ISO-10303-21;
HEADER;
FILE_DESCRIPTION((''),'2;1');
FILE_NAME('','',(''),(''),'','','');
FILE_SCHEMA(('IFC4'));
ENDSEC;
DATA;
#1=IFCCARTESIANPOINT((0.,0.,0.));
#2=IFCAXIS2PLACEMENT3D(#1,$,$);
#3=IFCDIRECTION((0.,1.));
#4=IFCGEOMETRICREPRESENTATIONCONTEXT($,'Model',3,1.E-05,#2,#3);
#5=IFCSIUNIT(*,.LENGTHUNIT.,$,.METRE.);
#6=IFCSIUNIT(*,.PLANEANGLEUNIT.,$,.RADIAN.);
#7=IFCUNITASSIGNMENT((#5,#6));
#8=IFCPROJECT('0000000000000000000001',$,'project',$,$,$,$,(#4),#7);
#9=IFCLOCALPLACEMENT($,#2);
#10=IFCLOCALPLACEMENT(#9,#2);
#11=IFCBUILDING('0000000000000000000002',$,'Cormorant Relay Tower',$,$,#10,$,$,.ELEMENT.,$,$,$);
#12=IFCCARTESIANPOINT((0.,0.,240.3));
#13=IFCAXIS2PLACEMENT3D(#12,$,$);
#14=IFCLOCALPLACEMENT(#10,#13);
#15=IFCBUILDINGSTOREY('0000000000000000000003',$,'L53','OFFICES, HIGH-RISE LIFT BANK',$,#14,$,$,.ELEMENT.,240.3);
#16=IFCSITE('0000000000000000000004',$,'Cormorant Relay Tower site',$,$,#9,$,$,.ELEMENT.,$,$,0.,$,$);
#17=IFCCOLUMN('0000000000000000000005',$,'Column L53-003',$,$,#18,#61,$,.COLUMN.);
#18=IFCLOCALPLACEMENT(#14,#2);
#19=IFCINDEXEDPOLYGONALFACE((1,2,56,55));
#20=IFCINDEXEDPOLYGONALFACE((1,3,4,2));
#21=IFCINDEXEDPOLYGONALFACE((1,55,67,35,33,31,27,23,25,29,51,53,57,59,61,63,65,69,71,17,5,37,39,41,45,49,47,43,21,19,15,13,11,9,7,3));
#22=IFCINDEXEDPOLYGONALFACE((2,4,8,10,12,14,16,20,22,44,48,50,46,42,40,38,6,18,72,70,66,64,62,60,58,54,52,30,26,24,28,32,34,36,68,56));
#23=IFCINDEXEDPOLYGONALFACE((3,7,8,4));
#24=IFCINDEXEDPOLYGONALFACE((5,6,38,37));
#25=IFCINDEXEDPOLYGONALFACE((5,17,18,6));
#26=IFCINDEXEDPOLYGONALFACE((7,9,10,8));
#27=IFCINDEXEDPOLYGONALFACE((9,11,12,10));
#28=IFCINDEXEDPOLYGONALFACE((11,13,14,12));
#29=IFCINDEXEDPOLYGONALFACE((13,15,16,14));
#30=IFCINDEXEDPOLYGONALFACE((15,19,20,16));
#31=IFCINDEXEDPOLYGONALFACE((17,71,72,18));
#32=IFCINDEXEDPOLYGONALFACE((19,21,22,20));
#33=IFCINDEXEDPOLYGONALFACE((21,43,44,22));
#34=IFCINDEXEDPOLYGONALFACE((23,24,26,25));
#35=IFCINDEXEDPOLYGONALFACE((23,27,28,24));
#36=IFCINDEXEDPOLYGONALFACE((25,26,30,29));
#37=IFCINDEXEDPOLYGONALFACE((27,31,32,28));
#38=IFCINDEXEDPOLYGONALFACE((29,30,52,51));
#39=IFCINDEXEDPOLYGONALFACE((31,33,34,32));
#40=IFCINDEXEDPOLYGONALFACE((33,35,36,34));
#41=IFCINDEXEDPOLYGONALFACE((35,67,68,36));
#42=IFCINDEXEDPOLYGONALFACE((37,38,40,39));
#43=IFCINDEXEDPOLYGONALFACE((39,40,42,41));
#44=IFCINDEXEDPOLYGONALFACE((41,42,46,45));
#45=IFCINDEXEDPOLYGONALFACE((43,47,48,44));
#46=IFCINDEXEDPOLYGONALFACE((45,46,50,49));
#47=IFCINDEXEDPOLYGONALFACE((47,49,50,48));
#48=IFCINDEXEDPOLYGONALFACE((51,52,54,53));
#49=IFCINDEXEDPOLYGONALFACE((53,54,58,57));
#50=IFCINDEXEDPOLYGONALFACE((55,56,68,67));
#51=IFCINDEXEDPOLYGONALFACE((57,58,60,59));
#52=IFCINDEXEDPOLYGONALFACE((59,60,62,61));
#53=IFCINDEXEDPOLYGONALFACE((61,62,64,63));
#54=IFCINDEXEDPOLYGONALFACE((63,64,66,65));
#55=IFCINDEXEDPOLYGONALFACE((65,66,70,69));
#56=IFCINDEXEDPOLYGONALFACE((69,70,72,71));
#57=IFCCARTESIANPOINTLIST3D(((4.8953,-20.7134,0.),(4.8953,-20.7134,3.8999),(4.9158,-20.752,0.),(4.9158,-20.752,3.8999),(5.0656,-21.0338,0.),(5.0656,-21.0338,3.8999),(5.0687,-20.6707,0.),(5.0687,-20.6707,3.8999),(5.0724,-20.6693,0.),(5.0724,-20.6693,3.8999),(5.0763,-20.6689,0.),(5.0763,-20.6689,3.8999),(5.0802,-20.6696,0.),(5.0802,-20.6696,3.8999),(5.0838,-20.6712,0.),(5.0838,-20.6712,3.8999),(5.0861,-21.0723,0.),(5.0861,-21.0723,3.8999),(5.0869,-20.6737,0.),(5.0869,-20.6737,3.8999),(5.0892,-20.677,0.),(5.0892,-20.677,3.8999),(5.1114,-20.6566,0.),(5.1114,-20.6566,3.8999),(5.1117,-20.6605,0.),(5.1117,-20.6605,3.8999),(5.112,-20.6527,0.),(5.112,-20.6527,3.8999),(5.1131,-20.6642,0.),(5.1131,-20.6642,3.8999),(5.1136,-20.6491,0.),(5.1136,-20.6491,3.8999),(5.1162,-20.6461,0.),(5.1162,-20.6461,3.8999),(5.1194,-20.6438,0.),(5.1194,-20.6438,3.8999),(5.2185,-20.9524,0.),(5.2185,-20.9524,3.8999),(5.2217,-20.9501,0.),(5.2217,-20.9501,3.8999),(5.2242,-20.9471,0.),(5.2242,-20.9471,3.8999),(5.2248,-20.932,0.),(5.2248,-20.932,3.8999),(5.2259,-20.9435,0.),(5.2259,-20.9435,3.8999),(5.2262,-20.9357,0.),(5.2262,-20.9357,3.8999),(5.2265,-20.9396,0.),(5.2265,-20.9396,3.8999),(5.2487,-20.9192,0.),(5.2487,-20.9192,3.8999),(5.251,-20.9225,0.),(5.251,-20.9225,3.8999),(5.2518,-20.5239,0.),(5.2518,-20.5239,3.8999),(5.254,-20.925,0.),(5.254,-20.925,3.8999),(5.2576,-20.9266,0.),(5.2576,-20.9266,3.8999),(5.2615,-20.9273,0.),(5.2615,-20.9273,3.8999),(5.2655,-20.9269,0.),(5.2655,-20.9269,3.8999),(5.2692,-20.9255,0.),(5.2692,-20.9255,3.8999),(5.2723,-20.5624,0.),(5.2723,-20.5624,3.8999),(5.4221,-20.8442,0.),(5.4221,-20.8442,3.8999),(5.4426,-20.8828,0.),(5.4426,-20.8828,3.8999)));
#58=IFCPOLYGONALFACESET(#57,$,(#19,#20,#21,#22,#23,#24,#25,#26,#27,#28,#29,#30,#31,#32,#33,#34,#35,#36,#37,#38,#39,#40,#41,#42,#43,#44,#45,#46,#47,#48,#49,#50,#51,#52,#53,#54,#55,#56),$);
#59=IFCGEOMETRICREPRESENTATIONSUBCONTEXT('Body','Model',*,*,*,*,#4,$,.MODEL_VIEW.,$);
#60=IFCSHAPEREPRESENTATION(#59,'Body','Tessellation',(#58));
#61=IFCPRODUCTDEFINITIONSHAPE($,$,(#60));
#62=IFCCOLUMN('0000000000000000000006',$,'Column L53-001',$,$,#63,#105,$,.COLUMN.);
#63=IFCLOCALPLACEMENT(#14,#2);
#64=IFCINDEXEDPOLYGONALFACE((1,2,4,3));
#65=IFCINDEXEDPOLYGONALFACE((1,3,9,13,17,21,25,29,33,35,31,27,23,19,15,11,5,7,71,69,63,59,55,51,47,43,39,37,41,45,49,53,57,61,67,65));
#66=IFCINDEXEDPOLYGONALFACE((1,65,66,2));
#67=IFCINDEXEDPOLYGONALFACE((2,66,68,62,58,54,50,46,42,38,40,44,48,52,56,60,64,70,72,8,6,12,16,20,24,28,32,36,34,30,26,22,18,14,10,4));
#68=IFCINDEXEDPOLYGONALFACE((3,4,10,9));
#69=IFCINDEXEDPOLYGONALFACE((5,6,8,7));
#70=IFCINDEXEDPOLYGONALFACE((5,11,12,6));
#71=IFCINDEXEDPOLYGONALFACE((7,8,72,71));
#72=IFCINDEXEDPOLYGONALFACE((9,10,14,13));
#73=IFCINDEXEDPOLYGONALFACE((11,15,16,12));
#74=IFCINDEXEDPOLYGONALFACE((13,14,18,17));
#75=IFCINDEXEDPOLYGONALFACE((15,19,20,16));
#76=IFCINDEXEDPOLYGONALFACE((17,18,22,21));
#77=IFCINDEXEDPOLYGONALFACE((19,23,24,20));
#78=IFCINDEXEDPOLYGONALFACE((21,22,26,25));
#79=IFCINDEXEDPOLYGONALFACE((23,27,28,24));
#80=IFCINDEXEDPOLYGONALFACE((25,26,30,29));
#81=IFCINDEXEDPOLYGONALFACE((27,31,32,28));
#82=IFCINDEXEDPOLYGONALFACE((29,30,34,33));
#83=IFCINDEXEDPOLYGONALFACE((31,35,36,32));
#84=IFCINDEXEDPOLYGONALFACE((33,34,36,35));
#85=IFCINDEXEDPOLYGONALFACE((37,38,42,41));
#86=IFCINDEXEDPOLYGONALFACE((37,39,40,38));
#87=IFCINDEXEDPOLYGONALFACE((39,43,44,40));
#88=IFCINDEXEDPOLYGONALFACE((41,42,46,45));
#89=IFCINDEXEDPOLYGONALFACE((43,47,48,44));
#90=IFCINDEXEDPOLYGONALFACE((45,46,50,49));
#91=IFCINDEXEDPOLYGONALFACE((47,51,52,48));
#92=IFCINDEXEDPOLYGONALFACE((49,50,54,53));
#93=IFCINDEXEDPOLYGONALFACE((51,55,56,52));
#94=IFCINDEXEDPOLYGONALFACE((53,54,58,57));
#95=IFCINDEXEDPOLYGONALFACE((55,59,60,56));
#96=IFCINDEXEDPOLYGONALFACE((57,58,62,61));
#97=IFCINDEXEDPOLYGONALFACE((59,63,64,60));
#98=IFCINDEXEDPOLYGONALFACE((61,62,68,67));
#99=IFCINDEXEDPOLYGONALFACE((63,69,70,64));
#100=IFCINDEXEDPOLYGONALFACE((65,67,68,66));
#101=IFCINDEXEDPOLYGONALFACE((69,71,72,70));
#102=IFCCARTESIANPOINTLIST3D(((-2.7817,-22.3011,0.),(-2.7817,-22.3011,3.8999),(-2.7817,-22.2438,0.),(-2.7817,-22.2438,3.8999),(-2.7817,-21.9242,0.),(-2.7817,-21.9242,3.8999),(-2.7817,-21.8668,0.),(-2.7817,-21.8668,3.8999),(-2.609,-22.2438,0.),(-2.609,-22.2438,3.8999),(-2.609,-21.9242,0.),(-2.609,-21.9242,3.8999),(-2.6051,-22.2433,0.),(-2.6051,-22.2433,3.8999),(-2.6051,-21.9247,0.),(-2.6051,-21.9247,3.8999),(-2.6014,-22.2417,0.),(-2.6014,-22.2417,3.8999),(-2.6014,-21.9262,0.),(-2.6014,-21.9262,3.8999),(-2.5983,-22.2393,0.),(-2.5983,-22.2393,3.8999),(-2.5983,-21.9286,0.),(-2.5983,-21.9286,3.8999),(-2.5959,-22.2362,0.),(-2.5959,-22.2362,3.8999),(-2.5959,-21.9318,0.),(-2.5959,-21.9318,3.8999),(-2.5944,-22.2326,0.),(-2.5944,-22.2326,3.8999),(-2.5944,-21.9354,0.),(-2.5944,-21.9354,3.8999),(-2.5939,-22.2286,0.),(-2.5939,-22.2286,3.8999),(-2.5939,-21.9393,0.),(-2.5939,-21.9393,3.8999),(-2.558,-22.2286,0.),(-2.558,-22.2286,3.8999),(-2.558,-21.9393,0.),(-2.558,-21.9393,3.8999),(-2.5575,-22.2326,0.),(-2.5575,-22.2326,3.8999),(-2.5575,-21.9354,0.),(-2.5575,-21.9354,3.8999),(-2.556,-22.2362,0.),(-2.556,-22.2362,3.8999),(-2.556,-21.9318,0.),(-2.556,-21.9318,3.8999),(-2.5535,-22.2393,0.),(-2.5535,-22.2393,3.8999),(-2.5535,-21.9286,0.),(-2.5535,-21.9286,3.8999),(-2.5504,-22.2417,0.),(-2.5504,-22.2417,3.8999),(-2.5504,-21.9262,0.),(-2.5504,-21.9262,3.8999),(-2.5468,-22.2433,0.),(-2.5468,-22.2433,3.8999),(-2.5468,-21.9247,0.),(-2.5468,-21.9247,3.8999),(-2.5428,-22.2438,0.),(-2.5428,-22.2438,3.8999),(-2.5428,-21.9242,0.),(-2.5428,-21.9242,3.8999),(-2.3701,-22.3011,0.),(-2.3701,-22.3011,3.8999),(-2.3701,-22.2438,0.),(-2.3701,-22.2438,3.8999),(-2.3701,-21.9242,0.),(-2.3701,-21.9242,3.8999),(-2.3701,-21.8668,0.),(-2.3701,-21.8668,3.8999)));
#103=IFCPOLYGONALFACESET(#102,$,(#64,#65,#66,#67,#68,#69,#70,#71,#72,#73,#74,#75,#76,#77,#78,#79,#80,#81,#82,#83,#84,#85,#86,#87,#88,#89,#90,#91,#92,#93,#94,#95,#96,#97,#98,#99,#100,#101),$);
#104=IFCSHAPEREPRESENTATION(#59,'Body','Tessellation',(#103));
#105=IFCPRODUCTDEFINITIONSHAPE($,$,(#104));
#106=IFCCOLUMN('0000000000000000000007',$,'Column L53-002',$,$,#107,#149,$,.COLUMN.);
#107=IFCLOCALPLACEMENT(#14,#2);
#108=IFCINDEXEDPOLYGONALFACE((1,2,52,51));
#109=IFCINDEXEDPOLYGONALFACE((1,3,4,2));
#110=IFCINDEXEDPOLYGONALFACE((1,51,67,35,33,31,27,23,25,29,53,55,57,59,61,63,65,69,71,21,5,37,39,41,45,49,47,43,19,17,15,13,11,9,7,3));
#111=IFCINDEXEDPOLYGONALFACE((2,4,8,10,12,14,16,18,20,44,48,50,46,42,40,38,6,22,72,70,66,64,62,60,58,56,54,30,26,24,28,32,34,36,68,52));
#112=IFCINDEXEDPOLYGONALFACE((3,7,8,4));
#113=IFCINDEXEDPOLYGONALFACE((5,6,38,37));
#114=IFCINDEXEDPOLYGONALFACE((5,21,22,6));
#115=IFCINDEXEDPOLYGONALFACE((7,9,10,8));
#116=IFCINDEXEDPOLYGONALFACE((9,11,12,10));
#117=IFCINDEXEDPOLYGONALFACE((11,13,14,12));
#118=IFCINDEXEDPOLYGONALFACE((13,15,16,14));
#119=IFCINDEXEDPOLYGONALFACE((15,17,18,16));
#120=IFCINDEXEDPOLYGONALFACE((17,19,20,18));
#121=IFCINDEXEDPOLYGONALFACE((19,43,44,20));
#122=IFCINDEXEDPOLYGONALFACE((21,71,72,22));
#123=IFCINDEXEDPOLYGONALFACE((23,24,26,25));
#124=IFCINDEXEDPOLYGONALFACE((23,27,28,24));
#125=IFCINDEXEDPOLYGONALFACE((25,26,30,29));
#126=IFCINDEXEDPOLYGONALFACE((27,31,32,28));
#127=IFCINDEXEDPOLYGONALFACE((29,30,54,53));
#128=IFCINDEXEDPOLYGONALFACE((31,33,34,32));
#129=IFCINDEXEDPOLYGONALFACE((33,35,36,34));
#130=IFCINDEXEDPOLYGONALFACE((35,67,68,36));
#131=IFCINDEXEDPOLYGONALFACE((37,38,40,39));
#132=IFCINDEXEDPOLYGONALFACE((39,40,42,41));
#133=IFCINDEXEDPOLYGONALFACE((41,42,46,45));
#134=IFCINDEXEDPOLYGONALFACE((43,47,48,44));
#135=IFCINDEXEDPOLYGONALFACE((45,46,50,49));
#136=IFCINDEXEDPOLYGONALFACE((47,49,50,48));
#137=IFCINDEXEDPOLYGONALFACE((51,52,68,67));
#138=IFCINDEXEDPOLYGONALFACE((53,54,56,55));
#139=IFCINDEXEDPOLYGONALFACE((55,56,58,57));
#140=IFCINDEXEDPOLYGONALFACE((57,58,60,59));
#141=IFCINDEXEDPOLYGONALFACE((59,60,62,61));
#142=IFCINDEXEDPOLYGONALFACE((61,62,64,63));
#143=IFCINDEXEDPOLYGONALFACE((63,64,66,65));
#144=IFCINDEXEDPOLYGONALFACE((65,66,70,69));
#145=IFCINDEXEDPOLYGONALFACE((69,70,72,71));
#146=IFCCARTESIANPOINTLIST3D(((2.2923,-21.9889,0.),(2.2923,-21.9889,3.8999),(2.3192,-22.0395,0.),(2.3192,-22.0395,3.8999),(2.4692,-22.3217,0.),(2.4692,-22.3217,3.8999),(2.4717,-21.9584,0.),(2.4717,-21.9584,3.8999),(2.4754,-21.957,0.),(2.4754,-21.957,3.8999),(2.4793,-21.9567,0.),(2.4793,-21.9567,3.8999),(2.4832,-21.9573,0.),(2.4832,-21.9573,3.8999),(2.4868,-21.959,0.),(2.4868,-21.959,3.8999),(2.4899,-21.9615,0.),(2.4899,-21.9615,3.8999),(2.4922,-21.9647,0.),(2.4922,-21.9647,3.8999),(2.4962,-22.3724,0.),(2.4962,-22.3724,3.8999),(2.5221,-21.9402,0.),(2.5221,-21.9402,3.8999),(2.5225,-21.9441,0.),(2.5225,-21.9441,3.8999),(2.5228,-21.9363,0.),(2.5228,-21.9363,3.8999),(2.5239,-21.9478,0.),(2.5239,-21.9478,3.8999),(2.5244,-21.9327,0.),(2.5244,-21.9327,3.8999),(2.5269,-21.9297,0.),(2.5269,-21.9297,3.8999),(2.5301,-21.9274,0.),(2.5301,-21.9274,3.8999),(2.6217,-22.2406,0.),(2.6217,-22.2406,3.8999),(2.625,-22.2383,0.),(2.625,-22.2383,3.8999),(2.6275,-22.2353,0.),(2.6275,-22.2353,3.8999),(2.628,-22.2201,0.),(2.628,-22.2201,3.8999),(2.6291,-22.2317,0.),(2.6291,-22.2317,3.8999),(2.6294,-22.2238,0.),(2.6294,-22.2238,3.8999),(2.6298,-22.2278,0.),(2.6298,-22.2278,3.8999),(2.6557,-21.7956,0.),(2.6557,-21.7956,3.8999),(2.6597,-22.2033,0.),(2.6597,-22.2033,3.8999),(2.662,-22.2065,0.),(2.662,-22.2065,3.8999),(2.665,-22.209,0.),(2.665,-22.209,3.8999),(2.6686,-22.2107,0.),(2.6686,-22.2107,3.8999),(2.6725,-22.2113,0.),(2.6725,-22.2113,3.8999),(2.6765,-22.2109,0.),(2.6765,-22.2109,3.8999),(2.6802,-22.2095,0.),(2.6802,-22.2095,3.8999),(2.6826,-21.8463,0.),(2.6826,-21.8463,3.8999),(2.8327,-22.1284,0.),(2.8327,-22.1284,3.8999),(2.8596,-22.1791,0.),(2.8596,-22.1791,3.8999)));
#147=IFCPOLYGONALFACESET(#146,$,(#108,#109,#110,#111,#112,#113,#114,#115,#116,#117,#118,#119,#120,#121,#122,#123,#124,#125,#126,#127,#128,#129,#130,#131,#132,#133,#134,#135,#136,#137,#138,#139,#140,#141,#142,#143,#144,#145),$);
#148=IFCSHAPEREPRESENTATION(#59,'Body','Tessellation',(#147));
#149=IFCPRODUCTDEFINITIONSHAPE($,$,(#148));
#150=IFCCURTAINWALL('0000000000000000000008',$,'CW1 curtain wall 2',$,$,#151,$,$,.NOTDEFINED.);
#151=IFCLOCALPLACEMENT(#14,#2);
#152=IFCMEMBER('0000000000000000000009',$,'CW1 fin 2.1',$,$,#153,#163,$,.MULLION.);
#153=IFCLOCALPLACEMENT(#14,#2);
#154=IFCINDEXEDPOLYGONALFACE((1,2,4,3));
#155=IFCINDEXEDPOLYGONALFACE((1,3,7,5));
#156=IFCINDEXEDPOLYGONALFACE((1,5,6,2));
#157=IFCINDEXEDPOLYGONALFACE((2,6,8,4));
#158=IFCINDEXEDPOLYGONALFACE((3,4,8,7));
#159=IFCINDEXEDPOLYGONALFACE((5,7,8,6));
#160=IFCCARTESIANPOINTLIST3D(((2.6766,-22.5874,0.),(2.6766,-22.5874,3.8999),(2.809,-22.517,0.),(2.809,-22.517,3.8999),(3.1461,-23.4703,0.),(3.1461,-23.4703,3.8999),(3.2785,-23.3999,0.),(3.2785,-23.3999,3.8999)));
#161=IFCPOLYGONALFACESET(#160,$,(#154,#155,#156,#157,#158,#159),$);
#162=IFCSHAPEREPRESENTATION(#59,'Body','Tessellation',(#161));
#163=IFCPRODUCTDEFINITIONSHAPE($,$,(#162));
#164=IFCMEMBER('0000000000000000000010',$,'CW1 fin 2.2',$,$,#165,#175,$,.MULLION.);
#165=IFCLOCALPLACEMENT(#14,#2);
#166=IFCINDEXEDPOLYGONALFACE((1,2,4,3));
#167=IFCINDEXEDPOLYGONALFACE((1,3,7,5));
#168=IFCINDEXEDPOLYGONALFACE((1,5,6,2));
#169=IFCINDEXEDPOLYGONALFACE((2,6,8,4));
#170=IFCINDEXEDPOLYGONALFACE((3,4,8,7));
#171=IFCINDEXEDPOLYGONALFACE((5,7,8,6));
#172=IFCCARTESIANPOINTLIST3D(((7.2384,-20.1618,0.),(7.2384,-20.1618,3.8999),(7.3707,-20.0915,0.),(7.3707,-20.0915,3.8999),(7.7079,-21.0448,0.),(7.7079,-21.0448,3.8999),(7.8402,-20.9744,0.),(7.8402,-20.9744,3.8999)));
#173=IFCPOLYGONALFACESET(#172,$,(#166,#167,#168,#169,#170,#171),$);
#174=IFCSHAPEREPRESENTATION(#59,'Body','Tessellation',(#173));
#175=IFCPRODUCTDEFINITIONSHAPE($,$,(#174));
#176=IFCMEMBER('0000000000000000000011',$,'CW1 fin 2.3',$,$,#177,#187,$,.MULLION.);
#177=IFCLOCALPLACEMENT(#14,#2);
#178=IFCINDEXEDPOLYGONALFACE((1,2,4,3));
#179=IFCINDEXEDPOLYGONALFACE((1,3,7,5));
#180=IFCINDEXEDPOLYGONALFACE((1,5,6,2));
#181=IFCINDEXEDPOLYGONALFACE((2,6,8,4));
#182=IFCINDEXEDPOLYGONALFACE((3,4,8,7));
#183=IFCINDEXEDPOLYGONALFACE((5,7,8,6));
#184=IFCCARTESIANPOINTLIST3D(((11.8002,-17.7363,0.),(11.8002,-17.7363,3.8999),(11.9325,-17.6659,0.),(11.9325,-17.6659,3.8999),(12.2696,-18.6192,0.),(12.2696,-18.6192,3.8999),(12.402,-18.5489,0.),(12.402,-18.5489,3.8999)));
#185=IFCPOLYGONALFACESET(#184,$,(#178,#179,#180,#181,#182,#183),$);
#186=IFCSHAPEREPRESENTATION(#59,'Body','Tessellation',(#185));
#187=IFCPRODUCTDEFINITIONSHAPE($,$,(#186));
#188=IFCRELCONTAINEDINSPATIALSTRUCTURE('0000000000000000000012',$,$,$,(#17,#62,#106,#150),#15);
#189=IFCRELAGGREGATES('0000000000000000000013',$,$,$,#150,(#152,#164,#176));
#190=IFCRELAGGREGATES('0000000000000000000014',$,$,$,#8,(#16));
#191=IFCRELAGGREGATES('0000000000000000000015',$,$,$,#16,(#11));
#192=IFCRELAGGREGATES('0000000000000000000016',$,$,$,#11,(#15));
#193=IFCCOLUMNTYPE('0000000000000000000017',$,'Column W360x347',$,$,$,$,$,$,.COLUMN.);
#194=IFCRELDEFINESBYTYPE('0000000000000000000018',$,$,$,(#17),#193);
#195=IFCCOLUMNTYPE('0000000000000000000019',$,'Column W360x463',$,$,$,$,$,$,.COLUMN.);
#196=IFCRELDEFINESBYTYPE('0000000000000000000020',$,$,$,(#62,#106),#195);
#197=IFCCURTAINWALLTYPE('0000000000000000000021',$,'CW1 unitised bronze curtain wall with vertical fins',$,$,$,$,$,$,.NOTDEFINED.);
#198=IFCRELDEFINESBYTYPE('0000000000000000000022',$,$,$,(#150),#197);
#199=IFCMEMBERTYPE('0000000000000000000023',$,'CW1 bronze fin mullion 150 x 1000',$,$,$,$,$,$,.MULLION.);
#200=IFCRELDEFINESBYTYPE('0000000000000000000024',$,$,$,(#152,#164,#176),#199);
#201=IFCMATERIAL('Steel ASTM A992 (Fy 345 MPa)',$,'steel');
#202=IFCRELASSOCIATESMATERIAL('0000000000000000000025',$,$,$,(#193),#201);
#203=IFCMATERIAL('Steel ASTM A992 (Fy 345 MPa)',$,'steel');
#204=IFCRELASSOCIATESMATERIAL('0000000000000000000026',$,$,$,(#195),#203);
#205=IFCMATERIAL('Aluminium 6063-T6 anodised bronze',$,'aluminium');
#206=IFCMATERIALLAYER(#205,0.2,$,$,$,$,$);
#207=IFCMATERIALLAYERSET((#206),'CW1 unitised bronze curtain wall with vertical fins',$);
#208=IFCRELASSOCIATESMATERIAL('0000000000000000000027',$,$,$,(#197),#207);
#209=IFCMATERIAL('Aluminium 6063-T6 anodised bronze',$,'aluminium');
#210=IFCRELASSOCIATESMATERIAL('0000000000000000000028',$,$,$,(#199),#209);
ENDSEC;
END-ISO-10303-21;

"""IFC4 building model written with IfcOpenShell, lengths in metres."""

from ifc_helpers import new_model, si_unit, direction, frame, origin, origin_2d, place, context, subcontext, project, spatial, rectangle, i_section, extrude, material, layer, layer_set, material_profile, profile_set, type_object, element, aggregate, save


model = new_model("IFC4")

# Units and contexts
model_context = context("Model", 3, precision=1e-05, world=origin(), true_north=direction((0.0, 1.0)))
body_context = subcontext(model_context, "Body", "Model", "MODEL_VIEW")
ifc_project = project(units=[si_unit("LENGTHUNIT", "METRE"), si_unit("PLANEANGLEUNIT", "RADIAN")], contexts=[model_context])

# Site, building, storey
site_placement = place(None, origin())
site = spatial("IfcSite", under=ifc_project, at=site_placement, Name="Cormorant Relay Tower site", CompositionType="ELEMENT", RefElevation=0.0)
building_placement = place(site_placement, origin())
building = spatial("IfcBuilding", under=site, at=building_placement, Name="Cormorant Relay Tower", CompositionType="ELEMENT")
storey_placement = place(building_placement, frame((0.0, 0.0, 240.3)))
storey = spatial("IfcBuildingStorey", under=building, at=storey_placement, Name="L53", Description="OFFICES, HIGH-RISE LIFT BANK", CompositionType="ELEMENT", Elevation=240.3)

# Columns
ifc_material_1 = material(Name="Steel ASTM A992 (Fy 345 MPa)", Category="steel")
ifc_material_profile_1 = material_profile(ifc_material_1, i_section(OverallWidth=0.4038, OverallDepth=0.4065, WebThickness=0.0271, FlangeThickness=0.0437, FilletRadius=0.0151, at=origin_2d()), Name="W360x347")
ifc_profile_set_1 = profile_set([ifc_material_profile_1], Name="Steel ASTM A992 (Fy 345 MPa)")
column_type_1 = type_object("IfcColumnType", Name="Column W360x347", PredefinedType="COLUMN", material=ifc_profile_set_1)
column_placement = place(storey_placement, frame((5.1689, -20.7981, 0.0), z_axis=(0.0, 0.0, 1.0), x_axis=(0.882948, 0.469472, 0.0)))
element("IfcColumn", 1, at=column_placement, inside=storey, type_object=column_type_1, Name="Column L53-003", PredefinedType="COLUMN", context=body_context, shape_type="SweptSolid", body=[
    extrude(i_section(OverallWidth=0.4038, OverallDepth=0.4065, WebThickness=0.0271, FlangeThickness=0.0437, FilletRadius=0.0151, at=origin_2d()), origin(), (0.0, 0.0, 1.0), 3.8999),
])
ifc_material_2 = material(Name="Steel ASTM A992 (Fy 345 MPa)", Category="steel")
ifc_material_profile_2 = material_profile(ifc_material_2, i_section(OverallWidth=0.4116, OverallDepth=0.4343, WebThickness=0.0359, FlangeThickness=0.0574, FilletRadius=0.0151, at=origin_2d()), Name="W360x463")
ifc_profile_set_2 = profile_set([ifc_material_profile_2], Name="Steel ASTM A992 (Fy 345 MPa)")
column_type_2 = type_object("IfcColumnType", Name="Column W360x463", PredefinedType="COLUMN", material=ifc_profile_set_2)
for number, where, z_axis, x_axis, name in (
    (2, (-2.5759, -22.084, 0.0), (0.0, 0.0, 1.0), (1.0, 0.0, 0.0), "Column L53-001"),
    (3, (2.5759, -22.084, 0.0), (0.0, 0.0, 1.0), (0.882948, 0.469472, 0.0), "Column L53-002"),
):
    element("IfcColumn", number, at=place(storey_placement, frame(where, z_axis=z_axis, x_axis=x_axis)), inside=storey, type_object=column_type_2, Name=name, PredefinedType="COLUMN", context=body_context, shape_type="SweptSolid", body=[
        extrude(i_section(OverallWidth=0.4116, OverallDepth=0.4343, WebThickness=0.0359, FlangeThickness=0.0574, FilletRadius=0.0151, at=origin_2d()), origin(), (0.0, 0.0, 1.0), 3.8999),
    ])

# Curtain wall, members
ifc_material_3 = material(Name="Aluminium 6063-T6 anodised bronze", Category="aluminium")
ifc_layer_1 = layer(ifc_material_3, 0.2)
ifc_layer_set_1 = layer_set([ifc_layer_1], Name="CW1 unitised bronze curtain wall with vertical fins")
curtain_wall_type = type_object("IfcCurtainWallType", Name="CW1 unitised bronze curtain wall with vertical fins", PredefinedType="NOTDEFINED", material=ifc_layer_set_1)
curtain_wall_1_placement = place(storey_placement, origin())
curtain_wall_1 = element("IfcCurtainWall", 4, at=curtain_wall_1_placement, inside=storey, type_object=curtain_wall_type, Name="CW1 curtain wall 2", PredefinedType="NOTDEFINED")
ifc_material_4 = material(Name="Aluminium 6063-T6 anodised bronze", Category="aluminium")
ifc_material_profile_3 = material_profile(ifc_material_4, rectangle(XDim=0.1499, YDim=1.0, at=origin_2d()), Name="AL 150x1000")
ifc_profile_set_3 = profile_set([ifc_material_profile_3], Name="Aluminium 6063-T6 anodised bronze")
member_type_1 = type_object("IfcMemberType", Name="CW1 bronze fin mullion 150 x 1000", PredefinedType="MULLION", material=ifc_profile_set_3)
member_1_placement = place(storey_placement, frame((2.9775, -22.9937, 0.0), z_axis=(0.0, 0.0, 1.0), x_axis=(0.882948, 0.469472, 0.0)))
member_1 = element("IfcMember", 5, at=member_1_placement, type_object=member_type_1, Name="CW1 fin 2.1", PredefinedType="MULLION", context=body_context, shape_type="SweptSolid", body=[
    extrude(rectangle(XDim=0.1499, YDim=1.0, at=origin_2d()), origin(), (0.0, 0.0, 1.0), 3.8999),
])
member_2_placement = place(storey_placement, frame((7.5393, -20.5681, 0.0), z_axis=(0.0, 0.0, 1.0), x_axis=(0.882948, 0.469472, 0.0)))
member_2 = element("IfcMember", 6, at=member_2_placement, type_object=member_type_1, Name="CW1 fin 2.2", PredefinedType="MULLION", context=body_context, shape_type="SweptSolid", body=[
    extrude(rectangle(XDim=0.1499, YDim=1.0, at=origin_2d()), origin(), (0.0, 0.0, 1.0), 3.8999),
])
member_3_placement = place(storey_placement, frame((12.1011, -18.1426, 0.0), z_axis=(0.0, 0.0, 1.0), x_axis=(0.882948, 0.469472, 0.0)))
member_3 = element("IfcMember", 7, at=member_3_placement, type_object=member_type_1, Name="CW1 fin 2.3", PredefinedType="MULLION", context=body_context, shape_type="SweptSolid", body=[
    extrude(rectangle(XDim=0.1499, YDim=1.0, at=origin_2d()), origin(), (0.0, 0.0, 1.0), 3.8999),
])

aggregate(curtain_wall_1, [member_1, member_2, member_3])

save(model, "model.ifc")
